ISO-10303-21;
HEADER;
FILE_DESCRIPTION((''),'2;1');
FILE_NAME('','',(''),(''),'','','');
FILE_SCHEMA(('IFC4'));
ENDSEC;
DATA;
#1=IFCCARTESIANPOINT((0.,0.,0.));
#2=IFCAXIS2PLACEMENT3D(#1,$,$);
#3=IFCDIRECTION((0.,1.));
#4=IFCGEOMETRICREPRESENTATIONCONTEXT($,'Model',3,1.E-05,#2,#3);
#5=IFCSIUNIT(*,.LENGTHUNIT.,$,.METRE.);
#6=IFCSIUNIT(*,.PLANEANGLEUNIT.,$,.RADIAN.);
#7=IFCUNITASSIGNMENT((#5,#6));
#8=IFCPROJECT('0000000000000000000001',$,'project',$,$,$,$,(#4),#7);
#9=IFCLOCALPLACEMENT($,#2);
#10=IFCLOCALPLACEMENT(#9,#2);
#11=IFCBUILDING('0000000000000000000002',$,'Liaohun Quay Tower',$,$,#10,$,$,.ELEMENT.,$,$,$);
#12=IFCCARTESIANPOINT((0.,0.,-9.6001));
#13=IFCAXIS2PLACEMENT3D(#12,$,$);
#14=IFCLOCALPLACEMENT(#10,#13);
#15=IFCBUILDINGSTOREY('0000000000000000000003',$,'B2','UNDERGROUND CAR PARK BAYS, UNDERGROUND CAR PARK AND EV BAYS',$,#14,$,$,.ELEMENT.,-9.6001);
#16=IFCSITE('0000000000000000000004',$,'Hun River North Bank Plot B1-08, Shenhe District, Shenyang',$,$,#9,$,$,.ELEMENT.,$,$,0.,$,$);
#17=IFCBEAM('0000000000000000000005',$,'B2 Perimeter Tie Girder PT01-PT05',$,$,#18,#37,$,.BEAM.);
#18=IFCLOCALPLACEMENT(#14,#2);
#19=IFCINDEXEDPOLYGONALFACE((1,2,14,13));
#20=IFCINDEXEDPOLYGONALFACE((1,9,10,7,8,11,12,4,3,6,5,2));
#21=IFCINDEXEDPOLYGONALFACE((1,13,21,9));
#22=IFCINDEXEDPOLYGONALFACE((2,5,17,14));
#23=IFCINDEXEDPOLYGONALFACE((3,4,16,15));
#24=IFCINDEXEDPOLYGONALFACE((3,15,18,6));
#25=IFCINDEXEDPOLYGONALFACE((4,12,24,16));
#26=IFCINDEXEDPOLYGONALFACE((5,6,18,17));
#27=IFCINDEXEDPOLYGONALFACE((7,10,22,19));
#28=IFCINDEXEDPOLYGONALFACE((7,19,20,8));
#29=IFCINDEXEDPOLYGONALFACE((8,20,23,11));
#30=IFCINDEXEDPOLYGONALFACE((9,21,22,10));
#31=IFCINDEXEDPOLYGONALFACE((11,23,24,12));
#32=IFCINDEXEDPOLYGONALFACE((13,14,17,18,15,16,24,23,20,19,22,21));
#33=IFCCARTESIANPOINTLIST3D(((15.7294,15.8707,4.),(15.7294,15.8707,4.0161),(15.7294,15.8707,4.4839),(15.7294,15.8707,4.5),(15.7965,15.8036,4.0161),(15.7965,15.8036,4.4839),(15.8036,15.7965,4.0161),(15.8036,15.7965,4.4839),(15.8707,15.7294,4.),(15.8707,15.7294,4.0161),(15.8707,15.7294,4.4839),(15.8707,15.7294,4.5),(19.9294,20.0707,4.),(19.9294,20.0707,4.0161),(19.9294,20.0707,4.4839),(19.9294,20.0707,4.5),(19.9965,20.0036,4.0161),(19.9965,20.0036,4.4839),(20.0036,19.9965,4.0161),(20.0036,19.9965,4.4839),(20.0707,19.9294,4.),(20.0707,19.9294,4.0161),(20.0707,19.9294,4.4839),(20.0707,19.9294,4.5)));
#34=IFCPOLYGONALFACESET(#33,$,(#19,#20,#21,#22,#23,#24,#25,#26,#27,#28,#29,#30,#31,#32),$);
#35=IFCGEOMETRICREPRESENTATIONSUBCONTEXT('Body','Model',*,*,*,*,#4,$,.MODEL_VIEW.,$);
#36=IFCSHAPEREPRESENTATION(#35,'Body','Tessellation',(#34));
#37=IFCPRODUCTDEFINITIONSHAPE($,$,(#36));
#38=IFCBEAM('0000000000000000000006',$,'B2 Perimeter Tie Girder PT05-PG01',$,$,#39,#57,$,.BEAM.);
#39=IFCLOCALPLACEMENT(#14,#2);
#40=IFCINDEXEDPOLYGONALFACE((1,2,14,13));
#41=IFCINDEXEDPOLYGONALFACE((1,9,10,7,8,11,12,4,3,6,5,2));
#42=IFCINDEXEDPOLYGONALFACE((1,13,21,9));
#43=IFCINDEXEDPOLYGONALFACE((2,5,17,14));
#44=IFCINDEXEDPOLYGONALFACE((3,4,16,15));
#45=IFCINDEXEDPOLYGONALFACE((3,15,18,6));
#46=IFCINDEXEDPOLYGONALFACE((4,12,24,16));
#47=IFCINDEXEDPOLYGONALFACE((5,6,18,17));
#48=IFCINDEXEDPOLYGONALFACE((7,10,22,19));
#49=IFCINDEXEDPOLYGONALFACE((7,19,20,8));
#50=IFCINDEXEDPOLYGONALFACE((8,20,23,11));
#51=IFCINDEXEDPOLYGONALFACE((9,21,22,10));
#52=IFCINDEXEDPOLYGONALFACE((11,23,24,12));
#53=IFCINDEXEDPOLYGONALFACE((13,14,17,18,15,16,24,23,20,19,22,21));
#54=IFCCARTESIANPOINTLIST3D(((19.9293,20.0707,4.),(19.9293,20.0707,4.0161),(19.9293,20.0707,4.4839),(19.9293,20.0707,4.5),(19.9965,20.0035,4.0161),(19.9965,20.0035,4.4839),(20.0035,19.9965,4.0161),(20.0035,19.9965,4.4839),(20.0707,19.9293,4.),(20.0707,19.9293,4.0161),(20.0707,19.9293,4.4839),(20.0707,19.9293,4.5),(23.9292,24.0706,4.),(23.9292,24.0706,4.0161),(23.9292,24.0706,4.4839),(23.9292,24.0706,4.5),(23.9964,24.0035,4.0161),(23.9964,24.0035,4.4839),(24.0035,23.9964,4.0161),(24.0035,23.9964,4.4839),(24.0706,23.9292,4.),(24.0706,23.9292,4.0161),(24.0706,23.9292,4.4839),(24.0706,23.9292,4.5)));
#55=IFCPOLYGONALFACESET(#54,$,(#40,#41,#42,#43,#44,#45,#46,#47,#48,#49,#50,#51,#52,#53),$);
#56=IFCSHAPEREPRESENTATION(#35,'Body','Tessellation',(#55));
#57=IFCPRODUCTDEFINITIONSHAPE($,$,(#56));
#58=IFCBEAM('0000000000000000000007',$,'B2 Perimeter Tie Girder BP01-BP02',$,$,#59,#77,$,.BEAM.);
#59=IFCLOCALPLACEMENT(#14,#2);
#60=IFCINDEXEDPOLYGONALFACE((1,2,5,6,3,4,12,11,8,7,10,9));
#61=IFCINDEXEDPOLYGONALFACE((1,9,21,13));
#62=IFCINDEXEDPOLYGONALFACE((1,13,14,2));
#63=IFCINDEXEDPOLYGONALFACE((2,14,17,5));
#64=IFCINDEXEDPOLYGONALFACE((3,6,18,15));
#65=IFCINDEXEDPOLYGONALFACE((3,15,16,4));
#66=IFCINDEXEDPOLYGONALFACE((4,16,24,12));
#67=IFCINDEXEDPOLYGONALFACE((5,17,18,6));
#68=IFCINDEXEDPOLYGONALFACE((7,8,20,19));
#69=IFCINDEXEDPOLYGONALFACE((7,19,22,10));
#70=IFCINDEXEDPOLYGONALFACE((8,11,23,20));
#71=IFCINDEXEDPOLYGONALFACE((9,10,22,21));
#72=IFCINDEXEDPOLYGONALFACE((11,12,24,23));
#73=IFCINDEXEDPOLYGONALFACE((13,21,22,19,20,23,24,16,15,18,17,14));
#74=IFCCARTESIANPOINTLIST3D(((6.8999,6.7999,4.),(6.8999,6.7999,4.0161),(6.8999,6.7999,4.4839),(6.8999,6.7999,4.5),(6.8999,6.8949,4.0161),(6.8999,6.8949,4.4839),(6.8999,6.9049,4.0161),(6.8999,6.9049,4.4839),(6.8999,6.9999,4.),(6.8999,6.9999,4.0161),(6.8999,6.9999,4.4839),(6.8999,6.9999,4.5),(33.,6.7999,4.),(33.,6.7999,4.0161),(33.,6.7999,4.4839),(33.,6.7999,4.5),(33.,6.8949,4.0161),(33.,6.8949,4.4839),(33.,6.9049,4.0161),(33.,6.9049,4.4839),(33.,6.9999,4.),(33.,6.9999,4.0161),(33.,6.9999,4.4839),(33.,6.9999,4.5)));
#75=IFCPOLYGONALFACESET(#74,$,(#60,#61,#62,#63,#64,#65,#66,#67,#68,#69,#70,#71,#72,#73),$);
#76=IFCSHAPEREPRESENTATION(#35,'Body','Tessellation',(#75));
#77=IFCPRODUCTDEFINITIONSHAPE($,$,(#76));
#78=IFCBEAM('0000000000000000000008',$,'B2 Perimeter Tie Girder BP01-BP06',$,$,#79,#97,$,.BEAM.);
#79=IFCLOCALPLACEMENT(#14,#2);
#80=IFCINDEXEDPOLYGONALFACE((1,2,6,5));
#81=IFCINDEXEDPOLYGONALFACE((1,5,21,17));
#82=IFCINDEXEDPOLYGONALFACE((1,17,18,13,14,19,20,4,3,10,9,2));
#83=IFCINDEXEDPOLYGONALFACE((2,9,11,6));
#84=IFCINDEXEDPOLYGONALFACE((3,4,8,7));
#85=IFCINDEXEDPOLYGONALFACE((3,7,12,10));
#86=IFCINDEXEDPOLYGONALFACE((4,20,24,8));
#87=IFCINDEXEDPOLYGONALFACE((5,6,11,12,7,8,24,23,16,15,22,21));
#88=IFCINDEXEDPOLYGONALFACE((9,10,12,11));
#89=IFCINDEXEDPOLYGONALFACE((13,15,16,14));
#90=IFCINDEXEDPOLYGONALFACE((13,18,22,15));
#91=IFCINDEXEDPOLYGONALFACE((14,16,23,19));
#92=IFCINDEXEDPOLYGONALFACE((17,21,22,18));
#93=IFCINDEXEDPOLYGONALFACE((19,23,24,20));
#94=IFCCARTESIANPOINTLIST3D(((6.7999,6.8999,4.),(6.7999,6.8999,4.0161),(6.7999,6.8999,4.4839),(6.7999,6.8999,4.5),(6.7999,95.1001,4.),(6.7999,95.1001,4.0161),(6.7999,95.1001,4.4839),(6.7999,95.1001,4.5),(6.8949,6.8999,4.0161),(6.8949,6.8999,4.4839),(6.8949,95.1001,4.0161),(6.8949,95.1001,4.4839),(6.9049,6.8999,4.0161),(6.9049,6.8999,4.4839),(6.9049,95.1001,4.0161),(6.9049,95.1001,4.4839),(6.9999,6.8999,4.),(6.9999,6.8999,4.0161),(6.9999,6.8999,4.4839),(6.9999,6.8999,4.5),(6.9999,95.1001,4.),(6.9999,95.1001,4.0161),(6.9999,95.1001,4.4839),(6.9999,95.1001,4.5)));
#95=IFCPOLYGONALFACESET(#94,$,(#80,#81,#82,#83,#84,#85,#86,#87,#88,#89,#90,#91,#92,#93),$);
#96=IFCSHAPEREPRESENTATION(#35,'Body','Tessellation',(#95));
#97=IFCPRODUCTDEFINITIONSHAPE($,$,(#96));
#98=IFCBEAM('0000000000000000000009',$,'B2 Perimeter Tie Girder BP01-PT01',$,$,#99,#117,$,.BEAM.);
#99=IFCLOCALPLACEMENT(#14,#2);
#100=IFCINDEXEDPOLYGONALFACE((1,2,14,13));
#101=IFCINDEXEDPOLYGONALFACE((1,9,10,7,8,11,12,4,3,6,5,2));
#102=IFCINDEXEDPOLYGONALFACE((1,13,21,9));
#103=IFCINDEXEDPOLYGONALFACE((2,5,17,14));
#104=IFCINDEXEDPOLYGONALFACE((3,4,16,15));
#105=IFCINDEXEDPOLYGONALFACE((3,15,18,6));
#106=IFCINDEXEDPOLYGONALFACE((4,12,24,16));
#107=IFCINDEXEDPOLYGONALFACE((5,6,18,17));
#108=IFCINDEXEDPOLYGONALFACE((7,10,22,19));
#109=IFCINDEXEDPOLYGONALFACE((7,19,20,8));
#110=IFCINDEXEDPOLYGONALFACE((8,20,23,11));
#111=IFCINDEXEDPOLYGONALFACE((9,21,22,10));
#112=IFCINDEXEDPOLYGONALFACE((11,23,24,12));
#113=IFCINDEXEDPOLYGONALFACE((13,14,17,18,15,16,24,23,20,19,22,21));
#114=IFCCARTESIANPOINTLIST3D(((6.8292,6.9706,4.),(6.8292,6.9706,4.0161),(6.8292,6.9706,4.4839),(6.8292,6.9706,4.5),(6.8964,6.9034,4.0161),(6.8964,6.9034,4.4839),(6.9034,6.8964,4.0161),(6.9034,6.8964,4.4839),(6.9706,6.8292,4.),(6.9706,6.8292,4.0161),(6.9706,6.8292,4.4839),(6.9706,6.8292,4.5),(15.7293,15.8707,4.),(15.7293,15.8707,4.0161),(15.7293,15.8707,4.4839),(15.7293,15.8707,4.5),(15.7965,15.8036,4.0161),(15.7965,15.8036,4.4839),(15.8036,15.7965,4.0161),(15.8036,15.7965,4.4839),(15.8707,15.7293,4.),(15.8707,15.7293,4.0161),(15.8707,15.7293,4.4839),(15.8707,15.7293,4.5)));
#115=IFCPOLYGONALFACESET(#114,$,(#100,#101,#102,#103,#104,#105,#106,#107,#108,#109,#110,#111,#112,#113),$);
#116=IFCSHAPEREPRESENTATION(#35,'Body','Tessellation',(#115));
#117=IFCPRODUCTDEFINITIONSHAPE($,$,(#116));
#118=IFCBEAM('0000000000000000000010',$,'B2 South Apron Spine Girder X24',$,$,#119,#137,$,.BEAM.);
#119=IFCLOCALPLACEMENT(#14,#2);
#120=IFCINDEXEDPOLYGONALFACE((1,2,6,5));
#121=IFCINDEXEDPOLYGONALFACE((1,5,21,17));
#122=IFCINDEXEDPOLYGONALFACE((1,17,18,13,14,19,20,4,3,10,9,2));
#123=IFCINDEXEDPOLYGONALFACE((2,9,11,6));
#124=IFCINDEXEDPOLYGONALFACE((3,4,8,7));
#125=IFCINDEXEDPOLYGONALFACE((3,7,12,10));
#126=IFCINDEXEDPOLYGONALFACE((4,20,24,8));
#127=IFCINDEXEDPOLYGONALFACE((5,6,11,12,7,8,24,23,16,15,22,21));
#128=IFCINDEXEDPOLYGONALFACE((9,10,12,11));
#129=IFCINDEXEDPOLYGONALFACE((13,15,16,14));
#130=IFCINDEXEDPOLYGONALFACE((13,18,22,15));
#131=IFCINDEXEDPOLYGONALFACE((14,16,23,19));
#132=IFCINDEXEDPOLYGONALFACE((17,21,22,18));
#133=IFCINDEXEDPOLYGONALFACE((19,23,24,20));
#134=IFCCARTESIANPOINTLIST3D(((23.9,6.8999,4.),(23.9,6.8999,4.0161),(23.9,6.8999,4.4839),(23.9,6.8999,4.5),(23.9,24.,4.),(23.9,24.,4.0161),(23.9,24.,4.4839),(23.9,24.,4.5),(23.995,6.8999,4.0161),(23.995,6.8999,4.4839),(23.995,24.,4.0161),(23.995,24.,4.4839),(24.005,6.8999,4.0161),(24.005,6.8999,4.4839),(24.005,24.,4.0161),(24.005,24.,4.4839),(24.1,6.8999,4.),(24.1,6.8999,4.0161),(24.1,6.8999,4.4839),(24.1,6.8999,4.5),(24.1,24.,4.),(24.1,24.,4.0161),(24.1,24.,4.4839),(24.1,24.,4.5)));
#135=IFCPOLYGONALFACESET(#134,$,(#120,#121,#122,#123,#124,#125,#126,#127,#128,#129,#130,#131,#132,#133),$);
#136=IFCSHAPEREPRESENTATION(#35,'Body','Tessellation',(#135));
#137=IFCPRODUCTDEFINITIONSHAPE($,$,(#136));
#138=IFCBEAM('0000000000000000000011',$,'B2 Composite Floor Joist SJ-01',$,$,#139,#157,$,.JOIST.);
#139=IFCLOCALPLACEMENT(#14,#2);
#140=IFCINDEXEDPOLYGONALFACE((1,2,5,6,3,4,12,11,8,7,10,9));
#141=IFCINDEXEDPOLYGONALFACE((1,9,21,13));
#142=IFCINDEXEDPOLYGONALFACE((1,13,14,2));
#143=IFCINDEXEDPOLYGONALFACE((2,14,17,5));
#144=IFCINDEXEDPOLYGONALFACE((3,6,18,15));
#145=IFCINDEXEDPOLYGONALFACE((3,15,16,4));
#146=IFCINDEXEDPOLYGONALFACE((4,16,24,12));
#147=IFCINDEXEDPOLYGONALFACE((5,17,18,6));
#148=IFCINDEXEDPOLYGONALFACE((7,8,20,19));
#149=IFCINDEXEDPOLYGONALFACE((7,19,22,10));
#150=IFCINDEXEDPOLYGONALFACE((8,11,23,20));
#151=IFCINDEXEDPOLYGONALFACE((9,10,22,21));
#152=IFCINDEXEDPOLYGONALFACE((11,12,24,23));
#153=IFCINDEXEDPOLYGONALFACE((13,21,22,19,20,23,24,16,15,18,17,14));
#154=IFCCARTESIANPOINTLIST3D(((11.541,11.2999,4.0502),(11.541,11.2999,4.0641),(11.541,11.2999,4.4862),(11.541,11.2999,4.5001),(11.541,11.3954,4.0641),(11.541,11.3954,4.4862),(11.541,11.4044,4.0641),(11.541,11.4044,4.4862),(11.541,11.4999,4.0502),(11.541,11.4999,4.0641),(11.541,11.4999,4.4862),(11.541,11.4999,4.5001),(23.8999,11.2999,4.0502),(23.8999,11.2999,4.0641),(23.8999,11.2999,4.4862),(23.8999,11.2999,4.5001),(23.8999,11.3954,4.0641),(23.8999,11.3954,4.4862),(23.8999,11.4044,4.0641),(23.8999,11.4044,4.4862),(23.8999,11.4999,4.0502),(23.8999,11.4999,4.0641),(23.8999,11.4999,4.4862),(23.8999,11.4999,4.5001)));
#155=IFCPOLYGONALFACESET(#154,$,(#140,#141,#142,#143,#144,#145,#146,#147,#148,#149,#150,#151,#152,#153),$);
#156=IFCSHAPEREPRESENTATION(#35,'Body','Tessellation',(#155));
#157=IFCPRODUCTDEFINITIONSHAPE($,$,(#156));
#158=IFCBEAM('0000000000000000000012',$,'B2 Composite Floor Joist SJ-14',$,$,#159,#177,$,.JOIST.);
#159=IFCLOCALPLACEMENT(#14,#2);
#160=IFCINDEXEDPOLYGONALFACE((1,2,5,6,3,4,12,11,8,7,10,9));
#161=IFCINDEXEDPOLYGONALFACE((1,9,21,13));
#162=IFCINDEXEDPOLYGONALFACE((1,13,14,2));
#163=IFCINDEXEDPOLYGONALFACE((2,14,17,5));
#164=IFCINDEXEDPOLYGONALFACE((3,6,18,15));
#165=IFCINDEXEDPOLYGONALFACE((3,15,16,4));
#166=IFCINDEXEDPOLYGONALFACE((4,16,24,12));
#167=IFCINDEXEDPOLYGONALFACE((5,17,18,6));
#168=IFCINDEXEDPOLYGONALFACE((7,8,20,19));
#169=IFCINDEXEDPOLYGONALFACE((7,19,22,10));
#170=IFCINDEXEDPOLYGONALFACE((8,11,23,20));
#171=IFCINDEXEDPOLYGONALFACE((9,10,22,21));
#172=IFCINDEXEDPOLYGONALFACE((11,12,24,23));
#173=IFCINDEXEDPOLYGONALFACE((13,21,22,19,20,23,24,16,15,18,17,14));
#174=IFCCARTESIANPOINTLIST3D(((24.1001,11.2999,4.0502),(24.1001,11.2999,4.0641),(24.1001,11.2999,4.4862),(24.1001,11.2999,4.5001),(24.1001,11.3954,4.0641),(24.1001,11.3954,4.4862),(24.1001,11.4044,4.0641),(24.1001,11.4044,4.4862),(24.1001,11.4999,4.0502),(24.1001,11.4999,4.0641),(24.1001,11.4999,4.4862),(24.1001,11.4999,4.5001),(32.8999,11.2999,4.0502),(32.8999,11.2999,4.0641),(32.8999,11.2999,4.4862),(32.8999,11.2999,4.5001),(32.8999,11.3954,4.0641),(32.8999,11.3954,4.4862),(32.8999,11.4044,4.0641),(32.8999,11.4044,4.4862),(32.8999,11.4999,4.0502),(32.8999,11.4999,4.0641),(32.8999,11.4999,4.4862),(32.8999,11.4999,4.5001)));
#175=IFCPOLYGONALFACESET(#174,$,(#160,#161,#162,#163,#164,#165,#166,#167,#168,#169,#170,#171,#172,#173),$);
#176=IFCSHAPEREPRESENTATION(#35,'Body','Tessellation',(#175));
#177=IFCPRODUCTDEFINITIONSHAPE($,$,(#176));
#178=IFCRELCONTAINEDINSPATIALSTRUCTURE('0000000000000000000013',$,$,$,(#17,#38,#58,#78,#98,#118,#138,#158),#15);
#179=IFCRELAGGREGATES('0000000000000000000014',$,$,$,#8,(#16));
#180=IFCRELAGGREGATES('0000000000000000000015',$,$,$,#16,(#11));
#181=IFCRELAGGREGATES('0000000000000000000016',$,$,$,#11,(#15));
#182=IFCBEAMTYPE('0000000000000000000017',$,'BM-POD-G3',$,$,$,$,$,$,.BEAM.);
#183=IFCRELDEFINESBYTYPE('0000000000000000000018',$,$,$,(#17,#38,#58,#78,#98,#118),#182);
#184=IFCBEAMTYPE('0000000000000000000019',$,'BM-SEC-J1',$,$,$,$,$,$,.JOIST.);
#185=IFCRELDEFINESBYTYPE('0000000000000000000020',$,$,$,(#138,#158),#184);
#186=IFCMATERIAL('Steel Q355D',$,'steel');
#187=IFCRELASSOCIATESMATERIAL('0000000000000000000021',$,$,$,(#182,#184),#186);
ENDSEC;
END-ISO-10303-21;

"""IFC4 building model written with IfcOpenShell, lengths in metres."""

from ifc_helpers import new_model, si_unit, direction, frame, origin, origin_2d, place, context, subcontext, project, spatial, i_section, extrude, source, transform, mapped, material, material_profile, profile_set, type_object, element, save


model = new_model("IFC4")

# Units and contexts
model_context = context("Model", 3, precision=1e-05, world=origin(), true_north=direction((0.0, 1.0)))
body_context = subcontext(model_context, "Body", "Model", "MODEL_VIEW")
ifc_project = project(units=[si_unit("LENGTHUNIT", "METRE"), si_unit("PLANEANGLEUNIT", "RADIAN")], contexts=[model_context])

# Site, building, storey
site_placement = place(None, origin())
site = spatial("IfcSite", under=ifc_project, at=site_placement, Name="Hun River North Bank Plot B1-08, Shenhe District, Shenyang", CompositionType="ELEMENT", RefElevation=0.0)
building_placement = place(site_placement, origin())
building = spatial("IfcBuilding", under=site, at=building_placement, Name="Liaohun Quay Tower", CompositionType="ELEMENT")
storey_placement = place(building_placement, frame((0.0, 0.0, -9.6001)))
storey = spatial("IfcBuildingStorey", under=building, at=storey_placement, Name="B2", Description="UNDERGROUND CAR PARK BAYS, UNDERGROUND CAR PARK AND EV BAYS", CompositionType="ELEMENT", Elevation=-9.6001)

# Beams
ifc_material_1 = material(Name="Steel Q355D", Category="steel")
ifc_material_profile_1 = material_profile(ifc_material_1, i_section(OverallWidth=0.2, OverallDepth=0.5, WebThickness=0.01, FlangeThickness=0.0161, at=origin_2d()), Name="HN500x200x10x16")
ifc_profile_set_1 = profile_set([ifc_material_profile_1], Name="Steel Q355D")
beam_type_1 = type_object("IfcBeamType", Name="BM-POD-G3", PredefinedType="BEAM", material=ifc_profile_set_1)
shared_shape_1 = source(origin(), body_context, "Body", "SweptSolid", [
    extrude(i_section(OverallWidth=0.2, OverallDepth=0.5, WebThickness=0.01, FlangeThickness=0.0161, at=origin_2d()), origin(), (0.0, 0.0, 1.0), 5.9397),
])
beam_1_placement = place(storey_placement, frame((15.8, 15.8, 4.25), z_axis=(0.707107, 0.707107, 0.0), x_axis=(-0.707107, 0.707107, 0.0)))
element("IfcBeam", 1, at=beam_1_placement, inside=storey, type_object=beam_type_1, Name="B2 Perimeter Tie Girder PT01-PT05", PredefinedType="BEAM", context=body_context, shape_type="MappedRepresentation", body=[
    mapped(shared_shape_1, transform((0.0, 0.0, 0.0), x_axis=(1.0, 0.0, 0.0), y_axis=(0.0, 1.0, 0.0), z_axis=(0.0, 0.0, 1.0), scale=1.0)),
])
shared_shape_2 = source(origin(), body_context, "Body", "SweptSolid", [
    extrude(i_section(OverallWidth=0.2, OverallDepth=0.5, WebThickness=0.01, FlangeThickness=0.0161, at=origin_2d()), origin(), (0.0, 0.0, 1.0), 5.6567),
])
beam_2_placement = place(storey_placement, frame((20.0, 20.0, 4.25), z_axis=(0.707107, 0.707107, 0.0), x_axis=(-0.707107, 0.707107, 0.0)))
element("IfcBeam", 2, at=beam_2_placement, inside=storey, type_object=beam_type_1, Name="B2 Perimeter Tie Girder PT05-PG01", PredefinedType="BEAM", context=body_context, shape_type="MappedRepresentation", body=[
    mapped(shared_shape_2, transform((0.0, 0.0, 0.0), x_axis=(1.0, 0.0, 0.0), y_axis=(0.0, 1.0, 0.0), z_axis=(0.0, 0.0, 1.0), scale=1.0)),
])
shared_shape_3 = source(origin(), body_context, "Body", "SweptSolid", [
    extrude(i_section(OverallWidth=0.2, OverallDepth=0.5, WebThickness=0.01, FlangeThickness=0.0161, at=origin_2d()), origin(), (0.0, 0.0, 1.0), 26.1001),
])
beam_3_placement = place(storey_placement, frame((6.8999, 6.8999, 4.25), z_axis=(1.0, 0.0, 0.0), x_axis=(0.0, 1.0, 0.0)))
element("IfcBeam", 3, at=beam_3_placement, inside=storey, type_object=beam_type_1, Name="B2 Perimeter Tie Girder BP01-BP02", PredefinedType="BEAM", context=body_context, shape_type="MappedRepresentation", body=[
    mapped(shared_shape_3, transform((0.0, 0.0, 0.0), x_axis=(1.0, 0.0, 0.0), y_axis=(0.0, 1.0, 0.0), z_axis=(0.0, 0.0, 1.0), scale=1.0)),
])
shared_shape_4 = source(origin(), body_context, "Body", "SweptSolid", [
    extrude(i_section(OverallWidth=0.2, OverallDepth=0.5, WebThickness=0.01, FlangeThickness=0.0161, at=origin_2d()), origin(), (0.0, 0.0, 1.0), 88.2002),
])
beam_4_placement = place(storey_placement, frame((6.8999, 6.8999, 4.25), z_axis=(0.0, 1.0, 0.0), x_axis=(-1.0, 0.0, 0.0)))
element("IfcBeam", 4, at=beam_4_placement, inside=storey, type_object=beam_type_1, Name="B2 Perimeter Tie Girder BP01-BP06", PredefinedType="BEAM", context=body_context, shape_type="MappedRepresentation", body=[
    mapped(shared_shape_4, transform((0.0, 0.0, 0.0), x_axis=(1.0, 0.0, 0.0), y_axis=(0.0, 1.0, 0.0), z_axis=(0.0, 0.0, 1.0), scale=1.0)),
])
shared_shape_5 = source(origin(), body_context, "Body", "SweptSolid", [
    extrude(i_section(OverallWidth=0.2, OverallDepth=0.5, WebThickness=0.01, FlangeThickness=0.0161, at=origin_2d()), origin(), (0.0, 0.0, 1.0), 12.5867),
])
beam_5_placement = place(storey_placement, frame((6.8999, 6.8999, 4.25), z_axis=(0.707107, 0.707107, 0.0), x_axis=(-0.707107, 0.707107, 0.0)))
element("IfcBeam", 5, at=beam_5_placement, inside=storey, type_object=beam_type_1, Name="B2 Perimeter Tie Girder BP01-PT01", PredefinedType="BEAM", context=body_context, shape_type="MappedRepresentation", body=[
    mapped(shared_shape_5, transform((0.0, 0.0, 0.0), x_axis=(1.0, 0.0, 0.0), y_axis=(0.0, 1.0, 0.0), z_axis=(0.0, 0.0, 1.0), scale=1.0)),
])
shared_shape_6 = source(origin(), body_context, "Body", "SweptSolid", [
    extrude(i_section(OverallWidth=0.2, OverallDepth=0.5, WebThickness=0.01, FlangeThickness=0.0161, at=origin_2d()), origin(), (0.0, 0.0, 1.0), 17.1001),
])
beam_6_placement = place(storey_placement, frame((24.0, 6.8999, 4.25), z_axis=(0.0, 1.0, 0.0), x_axis=(-1.0, 0.0, 0.0)))
element("IfcBeam", 6, at=beam_6_placement, inside=storey, type_object=beam_type_1, Name="B2 South Apron Spine Girder X24", PredefinedType="BEAM", context=body_context, shape_type="MappedRepresentation", body=[
    mapped(shared_shape_6, transform((0.0, 0.0, 0.0), x_axis=(1.0, 0.0, 0.0), y_axis=(0.0, 1.0, 0.0), z_axis=(0.0, 0.0, 1.0), scale=1.0)),
])
ifc_material_profile_2 = material_profile(ifc_material_1, i_section(OverallWidth=0.2, OverallDepth=0.45, WebThickness=0.009, FlangeThickness=0.0139, at=origin_2d()), Name="HN450x200x9x14")
ifc_profile_set_2 = profile_set([ifc_material_profile_2], Name="Steel Q355D")
beam_type_2 = type_object("IfcBeamType", Name="BM-SEC-J1", PredefinedType="JOIST", material=ifc_profile_set_2)
shared_shape_7 = source(origin(), body_context, "Body", "SweptSolid", [
    extrude(i_section(OverallWidth=0.2, OverallDepth=0.45, WebThickness=0.009, FlangeThickness=0.0139, at=origin_2d()), origin(), (0.0, 0.0, 1.0), 12.3589),
])
beam_7_placement = place(storey_placement, frame((11.541, 11.3999, 4.2751), z_axis=(1.0, 0.0, 0.0), x_axis=(0.0, 1.0, 0.0)))
element("IfcBeam", 7, at=beam_7_placement, inside=storey, type_object=beam_type_2, Name="B2 Composite Floor Joist SJ-01", PredefinedType="JOIST", context=body_context, shape_type="MappedRepresentation", body=[
    mapped(shared_shape_7, transform((0.0, 0.0, 0.0), x_axis=(1.0, 0.0, 0.0), y_axis=(0.0, 1.0, 0.0), z_axis=(0.0, 0.0, 1.0), scale=1.0)),
])
shared_shape_8 = source(origin(), body_context, "Body", "SweptSolid", [
    extrude(i_section(OverallWidth=0.2, OverallDepth=0.45, WebThickness=0.009, FlangeThickness=0.0139, at=origin_2d()), origin(), (0.0, 0.0, 1.0), 8.7998),
])
beam_8_placement = place(storey_placement, frame((24.1001, 11.3999, 4.2751), z_axis=(1.0, 0.0, 0.0), x_axis=(0.0, 1.0, 0.0)))
element("IfcBeam", 8, at=beam_8_placement, inside=storey, type_object=beam_type_2, Name="B2 Composite Floor Joist SJ-14", PredefinedType="JOIST", context=body_context, shape_type="MappedRepresentation", body=[
    mapped(shared_shape_8, transform((0.0, 0.0, 0.0), x_axis=(1.0, 0.0, 0.0), y_axis=(0.0, 1.0, 0.0), z_axis=(0.0, 0.0, 1.0), scale=1.0)),
])

save(model, "model.ifc")
